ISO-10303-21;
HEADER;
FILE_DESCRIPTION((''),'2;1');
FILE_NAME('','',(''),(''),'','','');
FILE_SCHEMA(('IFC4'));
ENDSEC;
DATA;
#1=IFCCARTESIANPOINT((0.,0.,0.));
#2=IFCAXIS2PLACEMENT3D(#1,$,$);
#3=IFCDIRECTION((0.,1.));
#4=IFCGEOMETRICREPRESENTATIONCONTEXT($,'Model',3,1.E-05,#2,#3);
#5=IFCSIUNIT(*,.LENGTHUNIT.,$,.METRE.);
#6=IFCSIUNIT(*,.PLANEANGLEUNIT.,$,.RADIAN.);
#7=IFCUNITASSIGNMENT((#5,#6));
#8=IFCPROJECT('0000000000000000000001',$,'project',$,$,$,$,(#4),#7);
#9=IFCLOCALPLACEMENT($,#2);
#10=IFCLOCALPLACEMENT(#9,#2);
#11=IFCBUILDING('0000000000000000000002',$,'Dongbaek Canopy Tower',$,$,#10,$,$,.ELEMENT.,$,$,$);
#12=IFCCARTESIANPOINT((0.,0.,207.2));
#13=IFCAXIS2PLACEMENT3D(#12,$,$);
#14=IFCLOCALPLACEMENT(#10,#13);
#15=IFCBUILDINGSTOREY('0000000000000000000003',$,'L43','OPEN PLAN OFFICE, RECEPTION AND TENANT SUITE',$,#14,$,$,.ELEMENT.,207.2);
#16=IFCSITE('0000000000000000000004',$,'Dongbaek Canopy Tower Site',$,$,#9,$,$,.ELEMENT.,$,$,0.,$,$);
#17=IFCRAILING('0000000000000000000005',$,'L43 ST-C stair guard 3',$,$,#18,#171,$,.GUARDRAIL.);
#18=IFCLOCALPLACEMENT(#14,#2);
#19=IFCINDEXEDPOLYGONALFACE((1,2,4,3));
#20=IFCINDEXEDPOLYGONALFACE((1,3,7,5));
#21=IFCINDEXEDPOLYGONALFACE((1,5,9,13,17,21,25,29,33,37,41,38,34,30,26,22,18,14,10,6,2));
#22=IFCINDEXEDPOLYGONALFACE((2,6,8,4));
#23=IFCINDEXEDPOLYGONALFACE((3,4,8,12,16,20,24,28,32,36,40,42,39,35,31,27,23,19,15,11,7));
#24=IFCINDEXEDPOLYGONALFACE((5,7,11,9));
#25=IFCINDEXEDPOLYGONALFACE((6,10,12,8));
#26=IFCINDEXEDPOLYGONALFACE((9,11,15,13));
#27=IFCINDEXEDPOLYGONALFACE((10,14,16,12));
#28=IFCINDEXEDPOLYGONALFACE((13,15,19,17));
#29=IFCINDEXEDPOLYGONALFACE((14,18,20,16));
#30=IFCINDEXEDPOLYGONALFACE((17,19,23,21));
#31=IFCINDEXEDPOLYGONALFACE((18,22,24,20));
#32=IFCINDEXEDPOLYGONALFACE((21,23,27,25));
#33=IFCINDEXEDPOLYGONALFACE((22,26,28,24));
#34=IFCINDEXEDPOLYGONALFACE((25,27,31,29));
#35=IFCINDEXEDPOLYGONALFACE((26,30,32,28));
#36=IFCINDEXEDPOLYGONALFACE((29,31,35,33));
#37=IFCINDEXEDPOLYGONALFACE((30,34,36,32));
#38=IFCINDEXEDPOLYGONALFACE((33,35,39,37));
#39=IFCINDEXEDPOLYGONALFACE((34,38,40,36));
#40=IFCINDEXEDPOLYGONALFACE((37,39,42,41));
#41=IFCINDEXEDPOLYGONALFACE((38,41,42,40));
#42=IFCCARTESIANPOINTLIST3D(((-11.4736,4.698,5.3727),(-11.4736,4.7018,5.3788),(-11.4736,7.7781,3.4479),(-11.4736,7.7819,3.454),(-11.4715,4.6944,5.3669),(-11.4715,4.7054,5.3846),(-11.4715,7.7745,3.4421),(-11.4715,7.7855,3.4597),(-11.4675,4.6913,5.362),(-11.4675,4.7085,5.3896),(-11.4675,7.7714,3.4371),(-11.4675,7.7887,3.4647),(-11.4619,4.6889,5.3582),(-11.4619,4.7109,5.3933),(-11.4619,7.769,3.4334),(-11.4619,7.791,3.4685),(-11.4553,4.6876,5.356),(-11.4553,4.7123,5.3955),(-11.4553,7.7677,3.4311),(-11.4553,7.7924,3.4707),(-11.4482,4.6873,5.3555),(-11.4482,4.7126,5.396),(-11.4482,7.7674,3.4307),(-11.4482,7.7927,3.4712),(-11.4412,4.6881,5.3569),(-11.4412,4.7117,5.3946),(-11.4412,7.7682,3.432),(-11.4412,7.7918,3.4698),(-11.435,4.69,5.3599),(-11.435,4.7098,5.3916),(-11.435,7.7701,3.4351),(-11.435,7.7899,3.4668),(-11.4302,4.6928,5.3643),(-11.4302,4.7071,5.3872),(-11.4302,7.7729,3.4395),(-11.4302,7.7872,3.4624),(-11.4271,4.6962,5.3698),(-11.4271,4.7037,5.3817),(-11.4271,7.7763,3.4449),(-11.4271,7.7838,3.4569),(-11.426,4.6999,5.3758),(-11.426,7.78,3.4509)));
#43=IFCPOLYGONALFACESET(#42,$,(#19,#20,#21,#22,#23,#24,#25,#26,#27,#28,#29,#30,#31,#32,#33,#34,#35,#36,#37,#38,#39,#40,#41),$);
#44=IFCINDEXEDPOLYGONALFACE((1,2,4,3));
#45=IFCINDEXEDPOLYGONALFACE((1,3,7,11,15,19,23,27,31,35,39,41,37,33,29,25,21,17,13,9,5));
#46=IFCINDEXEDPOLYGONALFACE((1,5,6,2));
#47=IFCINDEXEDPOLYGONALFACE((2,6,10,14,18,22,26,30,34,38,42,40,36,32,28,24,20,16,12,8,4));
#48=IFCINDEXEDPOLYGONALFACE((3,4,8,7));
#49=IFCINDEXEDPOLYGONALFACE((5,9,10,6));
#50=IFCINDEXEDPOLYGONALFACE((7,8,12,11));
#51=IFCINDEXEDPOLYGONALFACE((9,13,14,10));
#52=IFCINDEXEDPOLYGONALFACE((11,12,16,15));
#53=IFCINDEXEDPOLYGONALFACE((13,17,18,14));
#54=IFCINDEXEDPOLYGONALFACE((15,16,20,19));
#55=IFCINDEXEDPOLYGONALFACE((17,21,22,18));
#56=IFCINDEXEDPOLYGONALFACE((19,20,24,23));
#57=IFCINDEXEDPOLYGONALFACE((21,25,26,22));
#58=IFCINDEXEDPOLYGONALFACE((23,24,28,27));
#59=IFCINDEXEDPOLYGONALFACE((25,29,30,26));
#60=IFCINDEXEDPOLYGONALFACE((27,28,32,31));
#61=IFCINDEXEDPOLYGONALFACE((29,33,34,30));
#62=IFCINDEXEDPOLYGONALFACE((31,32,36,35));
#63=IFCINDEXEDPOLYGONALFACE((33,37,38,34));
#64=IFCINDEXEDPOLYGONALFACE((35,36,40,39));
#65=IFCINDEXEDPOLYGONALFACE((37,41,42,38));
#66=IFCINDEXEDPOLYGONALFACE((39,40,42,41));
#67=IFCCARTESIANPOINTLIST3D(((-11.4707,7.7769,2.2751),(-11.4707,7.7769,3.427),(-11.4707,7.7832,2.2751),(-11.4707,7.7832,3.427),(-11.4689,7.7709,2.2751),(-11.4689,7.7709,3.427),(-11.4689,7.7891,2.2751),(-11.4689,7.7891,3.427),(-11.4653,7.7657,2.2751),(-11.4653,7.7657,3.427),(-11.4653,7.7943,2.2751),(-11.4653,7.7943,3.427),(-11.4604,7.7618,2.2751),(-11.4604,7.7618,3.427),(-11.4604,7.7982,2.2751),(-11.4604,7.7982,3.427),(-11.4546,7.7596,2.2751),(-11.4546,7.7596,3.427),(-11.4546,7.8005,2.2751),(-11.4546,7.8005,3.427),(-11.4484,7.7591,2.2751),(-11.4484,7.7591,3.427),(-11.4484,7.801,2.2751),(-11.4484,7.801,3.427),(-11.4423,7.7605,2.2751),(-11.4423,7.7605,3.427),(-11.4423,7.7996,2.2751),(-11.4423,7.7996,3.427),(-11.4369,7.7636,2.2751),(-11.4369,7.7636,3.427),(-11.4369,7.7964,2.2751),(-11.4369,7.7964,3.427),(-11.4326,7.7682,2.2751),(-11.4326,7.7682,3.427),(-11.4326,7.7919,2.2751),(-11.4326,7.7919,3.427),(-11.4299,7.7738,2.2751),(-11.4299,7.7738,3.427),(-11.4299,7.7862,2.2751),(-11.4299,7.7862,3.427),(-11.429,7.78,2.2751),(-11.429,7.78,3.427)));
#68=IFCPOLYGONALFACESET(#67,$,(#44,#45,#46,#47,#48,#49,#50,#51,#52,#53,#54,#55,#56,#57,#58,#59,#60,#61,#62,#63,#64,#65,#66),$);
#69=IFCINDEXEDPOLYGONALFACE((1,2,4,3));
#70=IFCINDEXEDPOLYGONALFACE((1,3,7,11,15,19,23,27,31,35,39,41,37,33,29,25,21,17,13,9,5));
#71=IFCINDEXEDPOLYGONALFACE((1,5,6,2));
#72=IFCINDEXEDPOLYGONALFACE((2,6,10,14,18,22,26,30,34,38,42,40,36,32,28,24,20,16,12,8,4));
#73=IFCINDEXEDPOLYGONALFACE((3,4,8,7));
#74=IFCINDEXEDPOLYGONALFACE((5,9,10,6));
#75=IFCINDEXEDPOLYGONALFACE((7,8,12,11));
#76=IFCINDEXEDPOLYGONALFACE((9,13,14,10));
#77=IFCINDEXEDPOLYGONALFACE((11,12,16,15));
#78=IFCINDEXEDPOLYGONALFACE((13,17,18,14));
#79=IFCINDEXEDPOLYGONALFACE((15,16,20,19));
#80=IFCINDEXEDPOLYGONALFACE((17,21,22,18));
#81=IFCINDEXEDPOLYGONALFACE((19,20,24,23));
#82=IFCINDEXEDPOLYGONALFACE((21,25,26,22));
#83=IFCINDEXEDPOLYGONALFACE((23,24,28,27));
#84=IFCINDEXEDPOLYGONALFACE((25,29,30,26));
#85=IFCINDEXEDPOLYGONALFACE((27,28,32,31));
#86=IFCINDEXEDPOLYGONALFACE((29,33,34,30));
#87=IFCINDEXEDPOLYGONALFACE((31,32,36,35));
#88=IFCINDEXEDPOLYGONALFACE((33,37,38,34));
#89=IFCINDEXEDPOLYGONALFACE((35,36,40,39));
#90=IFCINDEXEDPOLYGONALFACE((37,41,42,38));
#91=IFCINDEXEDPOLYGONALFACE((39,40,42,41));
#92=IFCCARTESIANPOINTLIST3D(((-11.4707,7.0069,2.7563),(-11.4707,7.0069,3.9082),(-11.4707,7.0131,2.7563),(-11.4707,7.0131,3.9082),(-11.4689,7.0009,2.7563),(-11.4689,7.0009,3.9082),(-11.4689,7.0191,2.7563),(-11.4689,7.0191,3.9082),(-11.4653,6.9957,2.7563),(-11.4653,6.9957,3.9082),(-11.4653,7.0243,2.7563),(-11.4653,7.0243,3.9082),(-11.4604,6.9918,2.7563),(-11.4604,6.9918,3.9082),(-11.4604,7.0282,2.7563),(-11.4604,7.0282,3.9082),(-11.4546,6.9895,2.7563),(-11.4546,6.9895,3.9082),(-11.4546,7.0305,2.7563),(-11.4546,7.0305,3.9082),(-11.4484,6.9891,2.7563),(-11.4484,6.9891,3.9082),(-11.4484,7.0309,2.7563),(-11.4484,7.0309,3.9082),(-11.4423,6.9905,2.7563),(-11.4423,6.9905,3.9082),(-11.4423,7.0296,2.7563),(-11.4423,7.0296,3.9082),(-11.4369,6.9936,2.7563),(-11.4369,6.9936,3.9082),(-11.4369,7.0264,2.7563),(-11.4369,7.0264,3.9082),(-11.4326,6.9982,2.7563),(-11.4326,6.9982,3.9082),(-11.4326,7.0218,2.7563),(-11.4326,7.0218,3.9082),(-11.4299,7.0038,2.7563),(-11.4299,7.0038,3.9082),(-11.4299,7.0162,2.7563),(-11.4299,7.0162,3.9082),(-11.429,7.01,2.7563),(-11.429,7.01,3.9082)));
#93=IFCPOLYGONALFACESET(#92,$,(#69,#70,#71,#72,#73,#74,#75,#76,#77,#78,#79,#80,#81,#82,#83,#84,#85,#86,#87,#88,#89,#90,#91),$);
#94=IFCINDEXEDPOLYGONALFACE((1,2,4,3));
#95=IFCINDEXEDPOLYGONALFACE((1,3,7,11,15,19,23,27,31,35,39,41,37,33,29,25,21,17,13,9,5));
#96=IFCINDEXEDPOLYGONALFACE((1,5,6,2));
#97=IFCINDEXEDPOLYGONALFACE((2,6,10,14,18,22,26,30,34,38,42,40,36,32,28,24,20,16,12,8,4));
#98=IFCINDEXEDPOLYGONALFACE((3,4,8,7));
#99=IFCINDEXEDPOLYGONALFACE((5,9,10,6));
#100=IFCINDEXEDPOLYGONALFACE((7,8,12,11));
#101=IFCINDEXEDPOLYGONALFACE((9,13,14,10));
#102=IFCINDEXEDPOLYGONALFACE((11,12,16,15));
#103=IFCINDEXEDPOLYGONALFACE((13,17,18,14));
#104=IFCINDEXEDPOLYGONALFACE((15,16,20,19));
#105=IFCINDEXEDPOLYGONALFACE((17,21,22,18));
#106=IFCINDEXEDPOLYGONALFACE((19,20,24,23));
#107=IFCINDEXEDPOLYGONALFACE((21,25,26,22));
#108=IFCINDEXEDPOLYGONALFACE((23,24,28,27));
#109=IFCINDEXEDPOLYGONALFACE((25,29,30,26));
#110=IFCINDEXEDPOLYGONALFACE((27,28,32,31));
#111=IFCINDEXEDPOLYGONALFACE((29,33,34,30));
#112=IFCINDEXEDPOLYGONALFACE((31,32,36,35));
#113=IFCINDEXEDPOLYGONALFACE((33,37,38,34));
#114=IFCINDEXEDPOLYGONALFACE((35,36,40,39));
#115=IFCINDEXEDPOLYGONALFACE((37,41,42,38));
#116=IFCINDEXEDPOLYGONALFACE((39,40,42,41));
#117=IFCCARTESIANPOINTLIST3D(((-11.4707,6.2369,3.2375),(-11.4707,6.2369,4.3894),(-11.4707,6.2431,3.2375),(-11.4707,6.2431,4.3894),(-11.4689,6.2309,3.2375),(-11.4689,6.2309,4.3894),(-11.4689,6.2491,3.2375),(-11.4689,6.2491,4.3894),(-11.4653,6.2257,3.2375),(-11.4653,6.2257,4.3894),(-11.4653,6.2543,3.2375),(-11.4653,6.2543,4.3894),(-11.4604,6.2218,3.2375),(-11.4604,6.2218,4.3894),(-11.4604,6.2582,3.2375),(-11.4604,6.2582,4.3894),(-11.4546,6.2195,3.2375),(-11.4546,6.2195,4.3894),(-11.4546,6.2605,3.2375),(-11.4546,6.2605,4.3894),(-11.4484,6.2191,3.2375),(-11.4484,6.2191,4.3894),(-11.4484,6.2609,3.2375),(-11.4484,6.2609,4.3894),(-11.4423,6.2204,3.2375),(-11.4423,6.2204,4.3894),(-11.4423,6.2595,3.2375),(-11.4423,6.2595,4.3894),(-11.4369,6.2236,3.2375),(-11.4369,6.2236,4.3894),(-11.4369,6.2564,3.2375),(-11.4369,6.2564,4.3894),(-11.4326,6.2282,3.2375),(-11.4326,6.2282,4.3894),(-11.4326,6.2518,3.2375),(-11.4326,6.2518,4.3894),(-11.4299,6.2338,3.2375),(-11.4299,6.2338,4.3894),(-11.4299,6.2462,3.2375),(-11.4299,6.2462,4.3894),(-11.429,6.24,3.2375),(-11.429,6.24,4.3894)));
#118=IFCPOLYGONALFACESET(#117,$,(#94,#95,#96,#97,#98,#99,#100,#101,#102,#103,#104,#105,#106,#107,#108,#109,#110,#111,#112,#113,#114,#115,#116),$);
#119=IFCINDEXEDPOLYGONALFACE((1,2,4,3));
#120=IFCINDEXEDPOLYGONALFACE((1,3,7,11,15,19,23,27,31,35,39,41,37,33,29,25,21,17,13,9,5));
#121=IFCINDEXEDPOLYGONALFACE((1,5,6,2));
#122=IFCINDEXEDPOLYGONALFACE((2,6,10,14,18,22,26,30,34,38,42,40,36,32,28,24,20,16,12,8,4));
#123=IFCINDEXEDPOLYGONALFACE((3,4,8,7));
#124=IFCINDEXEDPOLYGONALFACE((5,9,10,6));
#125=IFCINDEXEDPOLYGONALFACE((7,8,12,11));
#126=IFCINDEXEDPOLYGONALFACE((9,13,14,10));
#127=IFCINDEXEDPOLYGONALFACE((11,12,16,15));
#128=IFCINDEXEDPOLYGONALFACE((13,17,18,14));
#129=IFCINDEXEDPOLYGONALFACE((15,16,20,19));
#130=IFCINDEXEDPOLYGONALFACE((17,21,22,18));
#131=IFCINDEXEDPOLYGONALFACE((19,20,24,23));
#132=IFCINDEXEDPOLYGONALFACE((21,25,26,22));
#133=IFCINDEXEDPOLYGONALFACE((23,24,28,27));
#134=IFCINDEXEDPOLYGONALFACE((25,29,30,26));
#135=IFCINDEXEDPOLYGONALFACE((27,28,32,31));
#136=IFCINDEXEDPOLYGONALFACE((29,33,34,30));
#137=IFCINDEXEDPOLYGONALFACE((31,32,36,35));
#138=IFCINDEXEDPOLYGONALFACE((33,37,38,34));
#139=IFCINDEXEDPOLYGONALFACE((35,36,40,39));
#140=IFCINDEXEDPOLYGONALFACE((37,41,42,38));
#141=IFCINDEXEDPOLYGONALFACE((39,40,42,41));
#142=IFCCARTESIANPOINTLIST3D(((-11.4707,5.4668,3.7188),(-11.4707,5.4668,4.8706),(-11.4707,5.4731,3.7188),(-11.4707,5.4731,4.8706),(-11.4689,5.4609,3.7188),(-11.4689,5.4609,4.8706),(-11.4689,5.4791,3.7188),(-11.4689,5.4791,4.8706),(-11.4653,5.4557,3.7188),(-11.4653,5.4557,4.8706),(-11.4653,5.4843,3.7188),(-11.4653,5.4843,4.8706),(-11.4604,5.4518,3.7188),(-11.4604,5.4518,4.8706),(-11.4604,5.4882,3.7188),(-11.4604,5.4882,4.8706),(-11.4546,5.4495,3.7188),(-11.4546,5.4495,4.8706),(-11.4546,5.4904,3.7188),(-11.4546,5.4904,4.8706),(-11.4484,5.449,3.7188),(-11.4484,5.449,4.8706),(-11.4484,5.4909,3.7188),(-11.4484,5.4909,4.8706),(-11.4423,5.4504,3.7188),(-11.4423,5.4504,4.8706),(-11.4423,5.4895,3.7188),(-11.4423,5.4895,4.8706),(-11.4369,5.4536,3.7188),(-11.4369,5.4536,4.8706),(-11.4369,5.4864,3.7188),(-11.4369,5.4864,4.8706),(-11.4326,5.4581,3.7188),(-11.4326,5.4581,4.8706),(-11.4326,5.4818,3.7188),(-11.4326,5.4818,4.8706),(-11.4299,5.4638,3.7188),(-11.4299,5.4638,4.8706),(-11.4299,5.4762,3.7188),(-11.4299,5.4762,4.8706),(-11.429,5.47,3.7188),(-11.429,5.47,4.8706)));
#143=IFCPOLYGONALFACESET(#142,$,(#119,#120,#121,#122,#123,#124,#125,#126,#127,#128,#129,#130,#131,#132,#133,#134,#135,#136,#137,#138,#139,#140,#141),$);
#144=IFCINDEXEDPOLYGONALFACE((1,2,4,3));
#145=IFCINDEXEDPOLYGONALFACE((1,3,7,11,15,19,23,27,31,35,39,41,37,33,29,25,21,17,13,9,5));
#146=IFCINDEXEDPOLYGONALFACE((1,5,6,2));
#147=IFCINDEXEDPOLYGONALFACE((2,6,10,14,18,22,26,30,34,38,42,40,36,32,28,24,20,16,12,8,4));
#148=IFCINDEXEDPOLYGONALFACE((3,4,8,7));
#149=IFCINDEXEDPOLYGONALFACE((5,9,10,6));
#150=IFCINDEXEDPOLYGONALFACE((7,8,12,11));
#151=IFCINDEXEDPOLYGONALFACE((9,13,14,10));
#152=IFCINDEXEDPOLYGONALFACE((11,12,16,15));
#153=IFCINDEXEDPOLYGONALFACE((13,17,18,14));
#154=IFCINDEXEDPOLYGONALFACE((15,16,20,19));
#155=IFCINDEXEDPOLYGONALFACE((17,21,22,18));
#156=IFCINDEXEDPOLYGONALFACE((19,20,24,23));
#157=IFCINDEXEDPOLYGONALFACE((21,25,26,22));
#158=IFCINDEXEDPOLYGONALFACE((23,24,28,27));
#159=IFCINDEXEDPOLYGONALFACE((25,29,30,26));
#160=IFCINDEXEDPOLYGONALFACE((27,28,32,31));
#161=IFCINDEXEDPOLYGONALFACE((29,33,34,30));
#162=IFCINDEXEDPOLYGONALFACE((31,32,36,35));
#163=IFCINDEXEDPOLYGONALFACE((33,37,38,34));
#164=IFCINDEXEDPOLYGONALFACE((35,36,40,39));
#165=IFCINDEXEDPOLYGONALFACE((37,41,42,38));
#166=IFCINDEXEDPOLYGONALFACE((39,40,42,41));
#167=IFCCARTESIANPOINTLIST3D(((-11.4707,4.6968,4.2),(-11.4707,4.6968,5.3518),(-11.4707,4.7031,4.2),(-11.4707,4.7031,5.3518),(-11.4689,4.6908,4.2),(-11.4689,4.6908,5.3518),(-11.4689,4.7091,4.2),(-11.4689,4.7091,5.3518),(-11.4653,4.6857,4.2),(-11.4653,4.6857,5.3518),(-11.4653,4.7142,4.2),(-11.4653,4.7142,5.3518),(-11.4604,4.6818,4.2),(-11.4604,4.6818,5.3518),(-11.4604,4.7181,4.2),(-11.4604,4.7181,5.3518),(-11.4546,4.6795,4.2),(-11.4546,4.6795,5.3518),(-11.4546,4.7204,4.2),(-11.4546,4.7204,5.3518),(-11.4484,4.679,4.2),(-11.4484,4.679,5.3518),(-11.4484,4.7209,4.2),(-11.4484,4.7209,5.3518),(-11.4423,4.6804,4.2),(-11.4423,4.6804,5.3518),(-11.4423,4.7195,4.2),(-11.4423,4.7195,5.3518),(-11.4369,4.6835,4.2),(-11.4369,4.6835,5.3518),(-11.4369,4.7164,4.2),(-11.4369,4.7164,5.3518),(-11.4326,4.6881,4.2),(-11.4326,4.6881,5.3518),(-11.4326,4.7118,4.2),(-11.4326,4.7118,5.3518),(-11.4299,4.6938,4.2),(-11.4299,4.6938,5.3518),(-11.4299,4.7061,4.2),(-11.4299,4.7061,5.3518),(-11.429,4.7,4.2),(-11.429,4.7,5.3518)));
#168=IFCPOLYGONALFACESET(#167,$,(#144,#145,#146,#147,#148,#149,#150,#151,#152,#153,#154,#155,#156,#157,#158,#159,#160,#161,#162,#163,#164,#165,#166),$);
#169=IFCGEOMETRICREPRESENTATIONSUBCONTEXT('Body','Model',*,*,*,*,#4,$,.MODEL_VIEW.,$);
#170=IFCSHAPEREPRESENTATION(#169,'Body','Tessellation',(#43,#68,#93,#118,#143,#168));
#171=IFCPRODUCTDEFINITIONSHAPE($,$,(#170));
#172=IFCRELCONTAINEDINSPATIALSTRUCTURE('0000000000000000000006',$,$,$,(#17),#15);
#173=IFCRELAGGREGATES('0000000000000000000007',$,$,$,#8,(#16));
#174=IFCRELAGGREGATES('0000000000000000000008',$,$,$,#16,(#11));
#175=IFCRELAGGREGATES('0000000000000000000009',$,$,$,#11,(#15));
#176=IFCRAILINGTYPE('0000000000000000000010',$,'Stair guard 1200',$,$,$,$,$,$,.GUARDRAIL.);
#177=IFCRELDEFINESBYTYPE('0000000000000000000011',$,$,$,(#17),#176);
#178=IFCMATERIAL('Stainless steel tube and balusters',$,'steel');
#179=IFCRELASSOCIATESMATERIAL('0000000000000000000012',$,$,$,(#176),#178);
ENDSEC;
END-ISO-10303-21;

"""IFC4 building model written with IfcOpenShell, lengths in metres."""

from ifc_helpers import new_model, si_unit, direction, frame, origin, origin_2d, place, context, subcontext, project, spatial, circle, extrude, material, type_object, element, save


model = new_model("IFC4")

# Units and contexts
model_context = context("Model", 3, precision=1e-05, world=origin(), true_north=direction((0.0, 1.0)))
body_context = subcontext(model_context, "Body", "Model", "MODEL_VIEW")
ifc_project = project(units=[si_unit("LENGTHUNIT", "METRE"), si_unit("PLANEANGLEUNIT", "RADIAN")], contexts=[model_context])

# Site, building, storey
site_placement = place(None, origin())
site = spatial("IfcSite", under=ifc_project, at=site_placement, Name="Dongbaek Canopy Tower Site", CompositionType="ELEMENT", RefElevation=0.0)
building_placement = place(site_placement, origin())
building = spatial("IfcBuilding", under=site, at=building_placement, Name="Dongbaek Canopy Tower", CompositionType="ELEMENT")
storey_placement = place(building_placement, frame((0.0, 0.0, 207.2)))
storey = spatial("IfcBuildingStorey", under=building, at=storey_placement, Name="L43", Description="OPEN PLAN OFFICE, RECEPTION AND TENANT SUITE", CompositionType="ELEMENT", Elevation=207.2)

# Railing
ifc_material_1 = material(Name="Stainless steel tube and balusters", Category="steel")
railing_type_1 = type_object("IfcRailingType", Name="Stair guard 1200", PredefinedType="GUARDRAIL", material=ifc_material_1)
railing_1_placement = place(storey_placement, frame((-11.45, 7.78, 2.2751)))
element("IfcRailing", 1, at=railing_1_placement, inside=storey, type_object=railing_type_1, Name="L43 ST-C stair guard 3", PredefinedType="GUARDRAIL", context=body_context, shape_type="SweptSolid", body=[
    extrude(circle(Radius=0.0239, at=origin_2d()), frame((0.0, 0.0, 1.1758), z_axis=(0.0, -0.848029, 0.529951), x_axis=(1.0, 0.0, 0.0)), (0.0, 0.0, 1.0), 3.6321),
    extrude(circle(Radius=0.021, at=origin_2d()), origin(), (0.0, 0.0, 1.0), 1.1519),
    extrude(circle(Radius=0.021, at=origin_2d()), frame((0.0, -0.77, 0.4812)), (0.0, 0.0, 1.0), 1.1519),
    extrude(circle(Radius=0.021, at=origin_2d()), frame((0.0, -1.54, 0.9624)), (0.0, 0.0, 1.0), 1.1519),
    extrude(circle(Radius=0.021, at=origin_2d()), frame((0.0, -2.3101, 1.4436)), (0.0, 0.0, 1.0), 1.1519),
    extrude(circle(Radius=0.021, at=origin_2d()), frame((0.0, -3.0801, 1.9248)), (0.0, 0.0, 1.0), 1.1519),
])

save(model, "model.ifc")
